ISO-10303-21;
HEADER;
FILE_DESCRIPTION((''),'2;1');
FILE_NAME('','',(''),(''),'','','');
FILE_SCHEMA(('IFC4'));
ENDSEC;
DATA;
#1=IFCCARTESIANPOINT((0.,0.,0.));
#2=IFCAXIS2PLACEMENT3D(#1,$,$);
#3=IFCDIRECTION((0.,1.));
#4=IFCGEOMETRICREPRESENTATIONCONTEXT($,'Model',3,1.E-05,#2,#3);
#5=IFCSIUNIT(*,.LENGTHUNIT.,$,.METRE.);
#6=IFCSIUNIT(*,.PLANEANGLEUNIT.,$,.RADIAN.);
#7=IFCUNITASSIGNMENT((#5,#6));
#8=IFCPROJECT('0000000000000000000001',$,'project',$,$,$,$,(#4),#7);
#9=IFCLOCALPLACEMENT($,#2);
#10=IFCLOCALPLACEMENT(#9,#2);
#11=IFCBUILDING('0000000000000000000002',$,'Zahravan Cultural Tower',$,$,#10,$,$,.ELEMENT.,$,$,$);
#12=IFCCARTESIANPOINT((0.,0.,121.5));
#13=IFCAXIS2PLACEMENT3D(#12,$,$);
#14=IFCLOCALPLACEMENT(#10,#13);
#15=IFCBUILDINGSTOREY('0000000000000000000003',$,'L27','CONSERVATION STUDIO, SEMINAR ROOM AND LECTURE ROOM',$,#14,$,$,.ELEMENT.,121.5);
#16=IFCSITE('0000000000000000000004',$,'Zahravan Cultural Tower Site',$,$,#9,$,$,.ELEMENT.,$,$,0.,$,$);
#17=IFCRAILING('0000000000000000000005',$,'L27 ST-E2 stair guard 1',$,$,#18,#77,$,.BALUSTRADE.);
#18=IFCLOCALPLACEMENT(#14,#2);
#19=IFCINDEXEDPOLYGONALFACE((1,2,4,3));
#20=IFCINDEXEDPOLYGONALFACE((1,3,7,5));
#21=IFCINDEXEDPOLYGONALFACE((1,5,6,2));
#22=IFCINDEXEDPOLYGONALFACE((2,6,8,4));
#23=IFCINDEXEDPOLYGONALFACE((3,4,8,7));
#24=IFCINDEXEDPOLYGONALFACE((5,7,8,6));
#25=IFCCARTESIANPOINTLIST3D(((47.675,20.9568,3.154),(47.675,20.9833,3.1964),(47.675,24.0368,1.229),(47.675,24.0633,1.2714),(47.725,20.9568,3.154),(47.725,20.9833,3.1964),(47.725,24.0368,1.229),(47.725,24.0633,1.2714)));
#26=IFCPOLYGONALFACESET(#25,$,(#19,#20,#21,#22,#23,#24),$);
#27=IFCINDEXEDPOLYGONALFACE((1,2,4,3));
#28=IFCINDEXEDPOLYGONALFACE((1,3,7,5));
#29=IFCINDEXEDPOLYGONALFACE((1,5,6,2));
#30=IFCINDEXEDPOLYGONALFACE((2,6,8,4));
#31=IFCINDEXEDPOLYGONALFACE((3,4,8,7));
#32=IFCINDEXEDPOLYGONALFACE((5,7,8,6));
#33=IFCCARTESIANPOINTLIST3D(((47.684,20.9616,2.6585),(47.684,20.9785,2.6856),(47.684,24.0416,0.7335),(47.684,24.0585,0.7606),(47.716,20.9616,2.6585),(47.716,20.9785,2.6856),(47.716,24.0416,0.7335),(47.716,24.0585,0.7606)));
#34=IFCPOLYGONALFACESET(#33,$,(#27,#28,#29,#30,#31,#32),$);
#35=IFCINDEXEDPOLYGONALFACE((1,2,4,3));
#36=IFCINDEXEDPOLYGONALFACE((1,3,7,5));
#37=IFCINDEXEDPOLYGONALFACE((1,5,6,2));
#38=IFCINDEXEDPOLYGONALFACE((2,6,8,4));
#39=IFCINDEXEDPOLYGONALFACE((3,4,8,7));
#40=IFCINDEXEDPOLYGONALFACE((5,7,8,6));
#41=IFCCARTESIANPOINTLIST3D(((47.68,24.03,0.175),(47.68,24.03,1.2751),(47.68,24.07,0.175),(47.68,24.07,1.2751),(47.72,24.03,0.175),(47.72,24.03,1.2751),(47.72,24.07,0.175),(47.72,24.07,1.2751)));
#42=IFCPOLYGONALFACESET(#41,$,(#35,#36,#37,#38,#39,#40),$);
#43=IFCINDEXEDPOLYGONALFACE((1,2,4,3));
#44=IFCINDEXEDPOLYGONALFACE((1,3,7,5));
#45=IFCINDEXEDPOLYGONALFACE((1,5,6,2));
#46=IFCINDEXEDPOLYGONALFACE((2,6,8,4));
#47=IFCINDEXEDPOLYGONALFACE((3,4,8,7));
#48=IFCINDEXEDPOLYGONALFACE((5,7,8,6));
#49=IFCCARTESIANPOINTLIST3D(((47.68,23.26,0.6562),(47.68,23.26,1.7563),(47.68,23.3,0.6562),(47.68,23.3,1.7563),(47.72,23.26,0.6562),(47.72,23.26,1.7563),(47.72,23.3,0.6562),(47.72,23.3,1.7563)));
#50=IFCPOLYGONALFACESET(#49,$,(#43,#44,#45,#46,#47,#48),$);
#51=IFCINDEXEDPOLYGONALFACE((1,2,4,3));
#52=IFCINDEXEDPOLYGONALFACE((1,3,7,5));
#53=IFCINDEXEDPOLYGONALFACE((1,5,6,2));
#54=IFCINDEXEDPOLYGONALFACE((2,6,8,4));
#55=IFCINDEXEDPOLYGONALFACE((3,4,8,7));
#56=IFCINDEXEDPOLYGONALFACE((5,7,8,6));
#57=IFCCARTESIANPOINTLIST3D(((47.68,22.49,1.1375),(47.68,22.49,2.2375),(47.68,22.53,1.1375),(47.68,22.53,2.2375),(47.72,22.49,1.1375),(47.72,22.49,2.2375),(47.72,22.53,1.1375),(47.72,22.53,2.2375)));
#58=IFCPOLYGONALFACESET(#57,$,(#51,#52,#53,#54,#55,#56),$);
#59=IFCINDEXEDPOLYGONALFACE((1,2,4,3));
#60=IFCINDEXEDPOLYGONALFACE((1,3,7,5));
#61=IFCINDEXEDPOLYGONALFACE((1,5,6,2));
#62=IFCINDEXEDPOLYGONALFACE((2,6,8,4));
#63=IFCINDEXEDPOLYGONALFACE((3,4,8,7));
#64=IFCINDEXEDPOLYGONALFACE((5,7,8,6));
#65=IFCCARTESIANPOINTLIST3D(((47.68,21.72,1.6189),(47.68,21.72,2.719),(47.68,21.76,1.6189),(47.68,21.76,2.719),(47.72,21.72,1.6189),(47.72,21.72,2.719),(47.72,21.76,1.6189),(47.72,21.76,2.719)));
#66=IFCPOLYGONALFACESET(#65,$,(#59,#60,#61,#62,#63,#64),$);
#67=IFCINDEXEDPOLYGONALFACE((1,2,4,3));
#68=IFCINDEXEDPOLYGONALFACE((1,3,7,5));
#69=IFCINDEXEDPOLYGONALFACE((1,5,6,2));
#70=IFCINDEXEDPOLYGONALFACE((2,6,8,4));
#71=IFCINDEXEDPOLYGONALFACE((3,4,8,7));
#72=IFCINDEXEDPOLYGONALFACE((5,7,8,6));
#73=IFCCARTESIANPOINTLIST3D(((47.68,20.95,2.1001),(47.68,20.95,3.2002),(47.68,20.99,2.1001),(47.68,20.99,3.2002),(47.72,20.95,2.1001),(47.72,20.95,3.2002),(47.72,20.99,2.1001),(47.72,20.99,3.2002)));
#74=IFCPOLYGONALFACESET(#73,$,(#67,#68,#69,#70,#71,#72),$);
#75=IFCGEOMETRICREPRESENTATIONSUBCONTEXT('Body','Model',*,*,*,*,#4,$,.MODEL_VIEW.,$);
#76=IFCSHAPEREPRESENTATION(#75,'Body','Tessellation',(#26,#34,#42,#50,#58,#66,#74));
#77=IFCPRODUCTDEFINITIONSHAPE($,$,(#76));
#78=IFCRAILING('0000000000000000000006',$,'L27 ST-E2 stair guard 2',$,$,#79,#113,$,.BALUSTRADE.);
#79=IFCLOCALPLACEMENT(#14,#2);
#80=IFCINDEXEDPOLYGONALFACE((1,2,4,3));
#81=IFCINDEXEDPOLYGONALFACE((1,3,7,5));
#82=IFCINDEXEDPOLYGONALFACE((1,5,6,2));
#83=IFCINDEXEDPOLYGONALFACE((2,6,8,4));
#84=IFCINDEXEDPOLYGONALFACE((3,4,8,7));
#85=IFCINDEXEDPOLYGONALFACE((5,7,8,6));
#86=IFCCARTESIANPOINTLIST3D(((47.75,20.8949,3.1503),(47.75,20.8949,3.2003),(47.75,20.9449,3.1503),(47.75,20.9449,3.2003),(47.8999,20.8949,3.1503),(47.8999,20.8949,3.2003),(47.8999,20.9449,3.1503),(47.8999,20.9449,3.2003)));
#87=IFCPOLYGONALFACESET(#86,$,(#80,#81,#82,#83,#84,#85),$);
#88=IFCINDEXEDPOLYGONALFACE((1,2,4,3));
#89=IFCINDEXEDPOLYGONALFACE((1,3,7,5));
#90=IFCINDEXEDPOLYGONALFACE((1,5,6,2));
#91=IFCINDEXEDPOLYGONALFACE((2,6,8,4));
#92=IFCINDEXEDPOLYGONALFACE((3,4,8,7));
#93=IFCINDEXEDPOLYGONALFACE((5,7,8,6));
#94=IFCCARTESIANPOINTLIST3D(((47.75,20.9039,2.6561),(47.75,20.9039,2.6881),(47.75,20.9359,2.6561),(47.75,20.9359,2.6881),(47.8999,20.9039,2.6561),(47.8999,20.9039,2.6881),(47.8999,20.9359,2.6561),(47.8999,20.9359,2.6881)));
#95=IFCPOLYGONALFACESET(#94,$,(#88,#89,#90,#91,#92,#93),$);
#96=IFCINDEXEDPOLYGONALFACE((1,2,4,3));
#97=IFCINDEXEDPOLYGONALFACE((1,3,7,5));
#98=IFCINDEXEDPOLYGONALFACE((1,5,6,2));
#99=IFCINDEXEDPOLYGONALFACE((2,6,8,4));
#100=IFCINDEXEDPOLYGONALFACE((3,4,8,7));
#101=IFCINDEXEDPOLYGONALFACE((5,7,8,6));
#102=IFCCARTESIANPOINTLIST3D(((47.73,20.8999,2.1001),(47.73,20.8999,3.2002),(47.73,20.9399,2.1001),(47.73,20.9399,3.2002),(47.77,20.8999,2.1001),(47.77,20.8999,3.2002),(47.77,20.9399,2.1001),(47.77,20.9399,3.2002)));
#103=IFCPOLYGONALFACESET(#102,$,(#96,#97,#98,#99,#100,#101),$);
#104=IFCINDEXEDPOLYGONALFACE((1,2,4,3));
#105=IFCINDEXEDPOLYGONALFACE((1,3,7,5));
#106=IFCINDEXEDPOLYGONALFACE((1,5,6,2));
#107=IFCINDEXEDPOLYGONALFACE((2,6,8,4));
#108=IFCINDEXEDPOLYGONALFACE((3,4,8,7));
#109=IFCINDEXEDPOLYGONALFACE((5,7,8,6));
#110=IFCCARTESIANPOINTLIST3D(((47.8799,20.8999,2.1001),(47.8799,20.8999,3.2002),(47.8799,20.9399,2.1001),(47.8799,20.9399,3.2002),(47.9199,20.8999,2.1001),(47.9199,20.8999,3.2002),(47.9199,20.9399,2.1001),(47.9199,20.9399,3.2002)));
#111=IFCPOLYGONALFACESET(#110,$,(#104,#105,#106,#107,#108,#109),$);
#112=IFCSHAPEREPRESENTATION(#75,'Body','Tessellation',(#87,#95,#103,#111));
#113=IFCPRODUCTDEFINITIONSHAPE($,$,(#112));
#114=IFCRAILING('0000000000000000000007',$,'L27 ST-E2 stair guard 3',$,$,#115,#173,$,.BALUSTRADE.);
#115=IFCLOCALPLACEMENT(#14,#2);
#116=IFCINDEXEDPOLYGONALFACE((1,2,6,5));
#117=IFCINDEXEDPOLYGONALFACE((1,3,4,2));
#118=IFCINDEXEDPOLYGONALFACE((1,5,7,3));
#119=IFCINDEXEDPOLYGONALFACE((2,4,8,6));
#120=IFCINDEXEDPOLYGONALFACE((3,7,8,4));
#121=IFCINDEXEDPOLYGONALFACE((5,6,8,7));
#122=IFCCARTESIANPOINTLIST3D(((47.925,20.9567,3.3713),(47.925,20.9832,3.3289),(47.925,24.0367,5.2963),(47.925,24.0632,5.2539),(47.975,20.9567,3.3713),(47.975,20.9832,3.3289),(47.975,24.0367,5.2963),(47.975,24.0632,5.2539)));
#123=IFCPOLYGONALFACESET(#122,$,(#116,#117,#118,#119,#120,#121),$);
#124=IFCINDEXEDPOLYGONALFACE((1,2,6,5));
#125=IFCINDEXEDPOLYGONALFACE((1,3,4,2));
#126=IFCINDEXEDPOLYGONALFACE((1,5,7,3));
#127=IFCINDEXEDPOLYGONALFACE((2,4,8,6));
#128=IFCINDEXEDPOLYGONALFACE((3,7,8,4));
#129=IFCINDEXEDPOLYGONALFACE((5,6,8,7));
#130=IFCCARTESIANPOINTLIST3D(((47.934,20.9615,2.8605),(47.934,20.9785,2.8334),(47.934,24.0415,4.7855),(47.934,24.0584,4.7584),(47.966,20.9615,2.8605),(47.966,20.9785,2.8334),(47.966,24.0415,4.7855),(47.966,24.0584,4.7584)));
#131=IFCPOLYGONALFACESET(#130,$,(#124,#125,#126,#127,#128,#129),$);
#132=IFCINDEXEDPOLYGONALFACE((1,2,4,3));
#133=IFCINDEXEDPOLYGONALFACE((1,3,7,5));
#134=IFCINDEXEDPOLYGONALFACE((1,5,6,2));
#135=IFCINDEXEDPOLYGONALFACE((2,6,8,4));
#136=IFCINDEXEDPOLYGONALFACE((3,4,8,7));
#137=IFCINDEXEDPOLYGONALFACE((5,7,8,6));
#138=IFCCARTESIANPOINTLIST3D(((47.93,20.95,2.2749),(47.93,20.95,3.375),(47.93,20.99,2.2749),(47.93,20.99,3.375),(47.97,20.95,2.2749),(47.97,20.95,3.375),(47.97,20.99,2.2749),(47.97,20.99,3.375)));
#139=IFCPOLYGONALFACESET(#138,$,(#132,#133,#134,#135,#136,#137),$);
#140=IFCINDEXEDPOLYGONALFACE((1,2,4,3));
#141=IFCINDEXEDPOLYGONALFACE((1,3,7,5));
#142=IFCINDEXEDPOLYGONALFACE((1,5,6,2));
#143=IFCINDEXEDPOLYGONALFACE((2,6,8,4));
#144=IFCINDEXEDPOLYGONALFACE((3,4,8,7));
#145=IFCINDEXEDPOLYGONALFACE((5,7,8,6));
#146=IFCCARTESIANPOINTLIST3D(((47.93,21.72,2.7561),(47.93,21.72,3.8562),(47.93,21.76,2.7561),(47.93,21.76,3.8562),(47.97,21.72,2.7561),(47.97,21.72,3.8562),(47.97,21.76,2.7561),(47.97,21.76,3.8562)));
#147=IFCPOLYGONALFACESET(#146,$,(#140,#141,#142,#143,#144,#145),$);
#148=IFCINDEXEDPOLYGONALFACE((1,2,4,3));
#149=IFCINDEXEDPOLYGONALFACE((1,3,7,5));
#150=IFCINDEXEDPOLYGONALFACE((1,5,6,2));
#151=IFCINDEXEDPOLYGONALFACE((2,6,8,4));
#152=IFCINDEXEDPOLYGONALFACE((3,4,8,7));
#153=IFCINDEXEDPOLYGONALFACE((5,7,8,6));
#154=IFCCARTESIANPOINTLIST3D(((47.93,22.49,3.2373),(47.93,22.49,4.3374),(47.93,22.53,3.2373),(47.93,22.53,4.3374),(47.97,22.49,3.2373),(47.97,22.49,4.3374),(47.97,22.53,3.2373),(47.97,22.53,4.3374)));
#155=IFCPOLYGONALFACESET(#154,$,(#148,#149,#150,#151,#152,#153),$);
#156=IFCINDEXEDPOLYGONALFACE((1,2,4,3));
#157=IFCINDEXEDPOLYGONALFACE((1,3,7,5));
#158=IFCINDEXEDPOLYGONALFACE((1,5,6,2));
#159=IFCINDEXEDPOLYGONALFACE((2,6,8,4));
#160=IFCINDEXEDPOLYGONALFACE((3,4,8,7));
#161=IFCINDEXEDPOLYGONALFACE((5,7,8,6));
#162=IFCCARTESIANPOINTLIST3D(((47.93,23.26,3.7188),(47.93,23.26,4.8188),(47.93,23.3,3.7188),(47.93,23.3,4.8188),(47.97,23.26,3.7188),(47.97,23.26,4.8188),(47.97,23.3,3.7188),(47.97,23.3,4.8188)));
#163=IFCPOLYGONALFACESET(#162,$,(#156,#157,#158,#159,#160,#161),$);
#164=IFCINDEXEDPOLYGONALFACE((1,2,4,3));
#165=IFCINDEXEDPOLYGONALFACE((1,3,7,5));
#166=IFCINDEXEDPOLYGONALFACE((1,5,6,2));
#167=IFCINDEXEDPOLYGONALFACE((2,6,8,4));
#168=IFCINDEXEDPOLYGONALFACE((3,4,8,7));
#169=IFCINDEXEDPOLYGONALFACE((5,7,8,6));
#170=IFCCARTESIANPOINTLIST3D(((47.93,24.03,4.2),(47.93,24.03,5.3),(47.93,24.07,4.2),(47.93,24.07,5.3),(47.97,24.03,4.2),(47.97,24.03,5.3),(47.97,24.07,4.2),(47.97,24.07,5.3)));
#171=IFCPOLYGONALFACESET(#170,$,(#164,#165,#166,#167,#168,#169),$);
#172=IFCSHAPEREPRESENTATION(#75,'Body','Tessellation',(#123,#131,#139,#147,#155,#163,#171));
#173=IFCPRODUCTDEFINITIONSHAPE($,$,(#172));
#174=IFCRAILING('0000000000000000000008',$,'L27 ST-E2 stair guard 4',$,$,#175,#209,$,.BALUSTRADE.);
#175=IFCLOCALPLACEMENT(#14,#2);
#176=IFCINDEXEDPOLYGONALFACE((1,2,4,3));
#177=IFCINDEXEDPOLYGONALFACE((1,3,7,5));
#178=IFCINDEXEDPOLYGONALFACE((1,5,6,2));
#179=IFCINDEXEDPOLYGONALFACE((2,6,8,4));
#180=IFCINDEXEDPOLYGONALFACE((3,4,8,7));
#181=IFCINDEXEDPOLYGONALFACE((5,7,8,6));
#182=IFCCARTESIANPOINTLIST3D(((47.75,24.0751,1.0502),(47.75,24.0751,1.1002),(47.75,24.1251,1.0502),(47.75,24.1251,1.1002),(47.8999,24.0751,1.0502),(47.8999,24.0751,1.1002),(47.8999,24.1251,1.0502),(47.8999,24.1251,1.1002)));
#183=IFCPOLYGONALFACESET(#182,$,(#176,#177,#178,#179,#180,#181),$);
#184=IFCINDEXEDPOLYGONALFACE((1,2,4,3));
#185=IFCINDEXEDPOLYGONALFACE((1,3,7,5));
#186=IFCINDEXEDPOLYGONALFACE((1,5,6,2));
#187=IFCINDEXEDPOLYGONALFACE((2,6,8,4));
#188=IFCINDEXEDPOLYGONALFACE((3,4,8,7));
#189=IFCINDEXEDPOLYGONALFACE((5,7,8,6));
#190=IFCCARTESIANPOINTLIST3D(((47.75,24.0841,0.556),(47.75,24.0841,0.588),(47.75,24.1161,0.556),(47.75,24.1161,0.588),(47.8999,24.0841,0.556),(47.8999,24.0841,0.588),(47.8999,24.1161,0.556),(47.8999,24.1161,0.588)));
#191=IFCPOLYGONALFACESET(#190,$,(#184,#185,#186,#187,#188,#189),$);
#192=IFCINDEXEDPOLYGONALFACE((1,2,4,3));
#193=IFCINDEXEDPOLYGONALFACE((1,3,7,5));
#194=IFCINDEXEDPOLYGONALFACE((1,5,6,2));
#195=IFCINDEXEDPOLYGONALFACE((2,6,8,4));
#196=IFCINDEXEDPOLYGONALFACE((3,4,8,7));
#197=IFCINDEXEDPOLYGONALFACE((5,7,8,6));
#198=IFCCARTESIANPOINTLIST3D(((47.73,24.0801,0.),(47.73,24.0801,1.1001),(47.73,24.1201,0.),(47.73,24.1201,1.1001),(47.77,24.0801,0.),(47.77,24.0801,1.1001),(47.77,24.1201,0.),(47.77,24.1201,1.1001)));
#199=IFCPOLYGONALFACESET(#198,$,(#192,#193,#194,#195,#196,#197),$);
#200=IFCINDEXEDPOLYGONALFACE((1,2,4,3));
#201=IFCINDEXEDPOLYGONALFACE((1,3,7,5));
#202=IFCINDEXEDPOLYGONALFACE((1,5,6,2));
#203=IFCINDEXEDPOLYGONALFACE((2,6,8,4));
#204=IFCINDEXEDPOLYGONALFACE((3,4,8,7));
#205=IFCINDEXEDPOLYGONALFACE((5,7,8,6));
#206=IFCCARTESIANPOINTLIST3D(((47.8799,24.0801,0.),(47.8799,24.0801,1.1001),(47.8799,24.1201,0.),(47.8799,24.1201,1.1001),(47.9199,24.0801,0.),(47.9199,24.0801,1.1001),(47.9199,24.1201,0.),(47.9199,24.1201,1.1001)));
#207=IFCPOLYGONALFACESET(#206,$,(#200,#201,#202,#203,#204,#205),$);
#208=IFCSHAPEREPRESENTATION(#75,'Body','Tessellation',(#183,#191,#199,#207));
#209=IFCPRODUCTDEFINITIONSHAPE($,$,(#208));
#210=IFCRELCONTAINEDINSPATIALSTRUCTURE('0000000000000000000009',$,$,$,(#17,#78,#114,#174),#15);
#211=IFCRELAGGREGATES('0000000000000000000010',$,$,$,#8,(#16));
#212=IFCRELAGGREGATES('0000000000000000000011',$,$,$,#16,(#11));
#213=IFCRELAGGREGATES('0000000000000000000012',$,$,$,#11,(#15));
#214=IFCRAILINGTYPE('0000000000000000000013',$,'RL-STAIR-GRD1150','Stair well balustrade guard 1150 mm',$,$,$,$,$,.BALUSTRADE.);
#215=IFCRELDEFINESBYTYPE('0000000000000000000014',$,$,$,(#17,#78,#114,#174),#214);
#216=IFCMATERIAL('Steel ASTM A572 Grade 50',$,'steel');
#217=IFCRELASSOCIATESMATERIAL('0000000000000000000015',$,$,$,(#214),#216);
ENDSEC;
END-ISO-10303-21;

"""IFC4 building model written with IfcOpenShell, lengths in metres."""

from ifc_helpers import new_model, si_unit, direction, frame, origin, origin_2d, place, context, subcontext, project, spatial, rectangle, extrude, material, type_object, element, save


model = new_model("IFC4")

# Units and contexts
model_context = context("Model", 3, precision=1e-05, world=origin(), true_north=direction((0.0, 1.0)))
body_context = subcontext(model_context, "Body", "Model", "MODEL_VIEW")
ifc_project = project(units=[si_unit("LENGTHUNIT", "METRE"), si_unit("PLANEANGLEUNIT", "RADIAN")], contexts=[model_context])

# Site, building, storey
site_placement = place(None, origin())
site = spatial("IfcSite", under=ifc_project, at=site_placement, Name="Zahravan Cultural Tower Site", CompositionType="ELEMENT", RefElevation=0.0)
building_placement = place(site_placement, origin())
building = spatial("IfcBuilding", under=site, at=building_placement, Name="Zahravan Cultural Tower", CompositionType="ELEMENT")
storey_placement = place(building_placement, frame((0.0, 0.0, 121.5)))
storey = spatial("IfcBuildingStorey", under=building, at=storey_placement, Name="L27", Description="CONSERVATION STUDIO, SEMINAR ROOM AND LECTURE ROOM", CompositionType="ELEMENT", Elevation=121.5)

# Railings
ifc_material_1 = material(Name="Steel ASTM A572 Grade 50", Category="steel")
railing_type_1 = type_object("IfcRailingType", Name="RL-STAIR-GRD1150", Description="Stair well balustrade guard 1150 mm", PredefinedType="BALUSTRADE", material=ifc_material_1)
railing_1_placement = place(storey_placement, frame((47.7, 24.05, 0.175)))
element("IfcRailing", 1, at=railing_1_placement, inside=storey, type_object=railing_type_1, Name="L27 ST-E2 stair guard 1", PredefinedType="BALUSTRADE", context=body_context, shape_type="SweptSolid", body=[
    extrude(rectangle(XDim=0.05, YDim=0.05, at=origin_2d()), frame((0.0, 0.0, 1.0752), z_axis=(0.0, -0.847998, 0.529999), x_axis=(1.0, 0.0, 0.0)), (0.0, 0.0, 1.0), 3.6321),
    extrude(rectangle(XDim=0.032, YDim=0.032, at=origin_2d()), frame((0.0, 0.0, 0.572), z_axis=(0.0, -0.847998, 0.529999), x_axis=(1.0, 0.0, 0.0)), (0.0, 0.0, 1.0), 3.6321),
    extrude(rectangle(XDim=0.04, YDim=0.04, at=origin_2d()), origin(), (0.0, 0.0, 1.0), 1.1001),
    extrude(rectangle(XDim=0.04, YDim=0.04, at=origin_2d()), frame((0.0, -0.77, 0.4812)), (0.0, 0.0, 1.0), 1.1001),
    extrude(rectangle(XDim=0.04, YDim=0.04, at=origin_2d()), frame((0.0, -1.54, 0.9624)), (0.0, 0.0, 1.0), 1.1001),
    extrude(rectangle(XDim=0.04, YDim=0.04, at=origin_2d()), frame((0.0, -2.3101, 1.4438)), (0.0, 0.0, 1.0), 1.1001),
    extrude(rectangle(XDim=0.04, YDim=0.04, at=origin_2d()), frame((0.0, -3.0801, 1.925)), (0.0, 0.0, 1.0), 1.1001),
])
railing_2_placement = place(storey_placement, frame((47.75, 20.9199, 2.1001)))
element("IfcRailing", 2, at=railing_2_placement, inside=storey, type_object=railing_type_1, Name="L27 ST-E2 stair guard 2", PredefinedType="BALUSTRADE", context=body_context, shape_type="SweptSolid", body=[
    extrude(rectangle(XDim=0.05, YDim=0.05, at=origin_2d()), frame((0.0, 0.0, 1.0752), z_axis=(1.0, 0.0, 0.0), x_axis=(0.0, 1.0, 0.0)), (0.0, 0.0, 1.0), 0.1499),
    extrude(rectangle(XDim=0.032, YDim=0.032, at=origin_2d()), frame((0.0, 0.0, 0.572), z_axis=(1.0, 0.0, 0.0), x_axis=(0.0, 1.0, 0.0)), (0.0, 0.0, 1.0), 0.1499),
    extrude(rectangle(XDim=0.04, YDim=0.04, at=origin_2d()), origin(), (0.0, 0.0, 1.0), 1.1001),
    extrude(rectangle(XDim=0.04, YDim=0.04, at=origin_2d()), frame((0.1499, 0.0, 0.0)), (0.0, 0.0, 1.0), 1.1001),
])
railing_3_placement = place(storey_placement, frame((47.95, 20.97, 2.2749)))
element("IfcRailing", 3, at=railing_3_placement, inside=storey, type_object=railing_type_1, Name="L27 ST-E2 stair guard 3", PredefinedType="BALUSTRADE", context=body_context, shape_type="SweptSolid", body=[
    extrude(rectangle(XDim=0.05, YDim=0.05, at=origin_2d()), frame((0.0, 0.0, 1.0752), z_axis=(0.0, 0.847998, 0.529999), x_axis=(-1.0, 0.0, 0.0)), (0.0, 0.0, 1.0), 3.6321),
    extrude(rectangle(XDim=0.032, YDim=0.032, at=origin_2d()), frame((0.0, 0.0, 0.572), z_axis=(0.0, 0.847998, 0.529999), x_axis=(-1.0, 0.0, 0.0)), (0.0, 0.0, 1.0), 3.6321),
    extrude(rectangle(XDim=0.04, YDim=0.04, at=origin_2d()), origin(), (0.0, 0.0, 1.0), 1.1001),
    extrude(rectangle(XDim=0.04, YDim=0.04, at=origin_2d()), frame((0.0, 0.77, 0.4812)), (0.0, 0.0, 1.0), 1.1001),
    extrude(rectangle(XDim=0.04, YDim=0.04, at=origin_2d()), frame((0.0, 1.54, 0.9624)), (0.0, 0.0, 1.0), 1.1001),
    extrude(rectangle(XDim=0.04, YDim=0.04, at=origin_2d()), frame((0.0, 2.3101, 1.4438)), (0.0, 0.0, 1.0), 1.1001),
    extrude(rectangle(XDim=0.04, YDim=0.04, at=origin_2d()), frame((0.0, 3.0801, 1.925)), (0.0, 0.0, 1.0), 1.1001),
])
railing_4_placement = place(storey_placement, frame((47.75, 24.1001, 0.0)))
element("IfcRailing", 4, at=railing_4_placement, inside=storey, type_object=railing_type_1, Name="L27 ST-E2 stair guard 4", PredefinedType="BALUSTRADE", context=body_context, shape_type="SweptSolid", body=[
    extrude(rectangle(XDim=0.05, YDim=0.05, at=origin_2d()), frame((0.0, 0.0, 1.0752), z_axis=(1.0, 0.0, 0.0), x_axis=(0.0, 1.0, 0.0)), (0.0, 0.0, 1.0), 0.1499),
    extrude(rectangle(XDim=0.032, YDim=0.032, at=origin_2d()), frame((0.0, 0.0, 0.572), z_axis=(1.0, 0.0, 0.0), x_axis=(0.0, 1.0, 0.0)), (0.0, 0.0, 1.0), 0.1499),
    extrude(rectangle(XDim=0.04, YDim=0.04, at=origin_2d()), origin(), (0.0, 0.0, 1.0), 1.1001),
    extrude(rectangle(XDim=0.04, YDim=0.04, at=origin_2d()), frame((0.1499, 0.0, 0.0)), (0.0, 0.0, 1.0), 1.1001),
])

save(model, "model.ifc")
